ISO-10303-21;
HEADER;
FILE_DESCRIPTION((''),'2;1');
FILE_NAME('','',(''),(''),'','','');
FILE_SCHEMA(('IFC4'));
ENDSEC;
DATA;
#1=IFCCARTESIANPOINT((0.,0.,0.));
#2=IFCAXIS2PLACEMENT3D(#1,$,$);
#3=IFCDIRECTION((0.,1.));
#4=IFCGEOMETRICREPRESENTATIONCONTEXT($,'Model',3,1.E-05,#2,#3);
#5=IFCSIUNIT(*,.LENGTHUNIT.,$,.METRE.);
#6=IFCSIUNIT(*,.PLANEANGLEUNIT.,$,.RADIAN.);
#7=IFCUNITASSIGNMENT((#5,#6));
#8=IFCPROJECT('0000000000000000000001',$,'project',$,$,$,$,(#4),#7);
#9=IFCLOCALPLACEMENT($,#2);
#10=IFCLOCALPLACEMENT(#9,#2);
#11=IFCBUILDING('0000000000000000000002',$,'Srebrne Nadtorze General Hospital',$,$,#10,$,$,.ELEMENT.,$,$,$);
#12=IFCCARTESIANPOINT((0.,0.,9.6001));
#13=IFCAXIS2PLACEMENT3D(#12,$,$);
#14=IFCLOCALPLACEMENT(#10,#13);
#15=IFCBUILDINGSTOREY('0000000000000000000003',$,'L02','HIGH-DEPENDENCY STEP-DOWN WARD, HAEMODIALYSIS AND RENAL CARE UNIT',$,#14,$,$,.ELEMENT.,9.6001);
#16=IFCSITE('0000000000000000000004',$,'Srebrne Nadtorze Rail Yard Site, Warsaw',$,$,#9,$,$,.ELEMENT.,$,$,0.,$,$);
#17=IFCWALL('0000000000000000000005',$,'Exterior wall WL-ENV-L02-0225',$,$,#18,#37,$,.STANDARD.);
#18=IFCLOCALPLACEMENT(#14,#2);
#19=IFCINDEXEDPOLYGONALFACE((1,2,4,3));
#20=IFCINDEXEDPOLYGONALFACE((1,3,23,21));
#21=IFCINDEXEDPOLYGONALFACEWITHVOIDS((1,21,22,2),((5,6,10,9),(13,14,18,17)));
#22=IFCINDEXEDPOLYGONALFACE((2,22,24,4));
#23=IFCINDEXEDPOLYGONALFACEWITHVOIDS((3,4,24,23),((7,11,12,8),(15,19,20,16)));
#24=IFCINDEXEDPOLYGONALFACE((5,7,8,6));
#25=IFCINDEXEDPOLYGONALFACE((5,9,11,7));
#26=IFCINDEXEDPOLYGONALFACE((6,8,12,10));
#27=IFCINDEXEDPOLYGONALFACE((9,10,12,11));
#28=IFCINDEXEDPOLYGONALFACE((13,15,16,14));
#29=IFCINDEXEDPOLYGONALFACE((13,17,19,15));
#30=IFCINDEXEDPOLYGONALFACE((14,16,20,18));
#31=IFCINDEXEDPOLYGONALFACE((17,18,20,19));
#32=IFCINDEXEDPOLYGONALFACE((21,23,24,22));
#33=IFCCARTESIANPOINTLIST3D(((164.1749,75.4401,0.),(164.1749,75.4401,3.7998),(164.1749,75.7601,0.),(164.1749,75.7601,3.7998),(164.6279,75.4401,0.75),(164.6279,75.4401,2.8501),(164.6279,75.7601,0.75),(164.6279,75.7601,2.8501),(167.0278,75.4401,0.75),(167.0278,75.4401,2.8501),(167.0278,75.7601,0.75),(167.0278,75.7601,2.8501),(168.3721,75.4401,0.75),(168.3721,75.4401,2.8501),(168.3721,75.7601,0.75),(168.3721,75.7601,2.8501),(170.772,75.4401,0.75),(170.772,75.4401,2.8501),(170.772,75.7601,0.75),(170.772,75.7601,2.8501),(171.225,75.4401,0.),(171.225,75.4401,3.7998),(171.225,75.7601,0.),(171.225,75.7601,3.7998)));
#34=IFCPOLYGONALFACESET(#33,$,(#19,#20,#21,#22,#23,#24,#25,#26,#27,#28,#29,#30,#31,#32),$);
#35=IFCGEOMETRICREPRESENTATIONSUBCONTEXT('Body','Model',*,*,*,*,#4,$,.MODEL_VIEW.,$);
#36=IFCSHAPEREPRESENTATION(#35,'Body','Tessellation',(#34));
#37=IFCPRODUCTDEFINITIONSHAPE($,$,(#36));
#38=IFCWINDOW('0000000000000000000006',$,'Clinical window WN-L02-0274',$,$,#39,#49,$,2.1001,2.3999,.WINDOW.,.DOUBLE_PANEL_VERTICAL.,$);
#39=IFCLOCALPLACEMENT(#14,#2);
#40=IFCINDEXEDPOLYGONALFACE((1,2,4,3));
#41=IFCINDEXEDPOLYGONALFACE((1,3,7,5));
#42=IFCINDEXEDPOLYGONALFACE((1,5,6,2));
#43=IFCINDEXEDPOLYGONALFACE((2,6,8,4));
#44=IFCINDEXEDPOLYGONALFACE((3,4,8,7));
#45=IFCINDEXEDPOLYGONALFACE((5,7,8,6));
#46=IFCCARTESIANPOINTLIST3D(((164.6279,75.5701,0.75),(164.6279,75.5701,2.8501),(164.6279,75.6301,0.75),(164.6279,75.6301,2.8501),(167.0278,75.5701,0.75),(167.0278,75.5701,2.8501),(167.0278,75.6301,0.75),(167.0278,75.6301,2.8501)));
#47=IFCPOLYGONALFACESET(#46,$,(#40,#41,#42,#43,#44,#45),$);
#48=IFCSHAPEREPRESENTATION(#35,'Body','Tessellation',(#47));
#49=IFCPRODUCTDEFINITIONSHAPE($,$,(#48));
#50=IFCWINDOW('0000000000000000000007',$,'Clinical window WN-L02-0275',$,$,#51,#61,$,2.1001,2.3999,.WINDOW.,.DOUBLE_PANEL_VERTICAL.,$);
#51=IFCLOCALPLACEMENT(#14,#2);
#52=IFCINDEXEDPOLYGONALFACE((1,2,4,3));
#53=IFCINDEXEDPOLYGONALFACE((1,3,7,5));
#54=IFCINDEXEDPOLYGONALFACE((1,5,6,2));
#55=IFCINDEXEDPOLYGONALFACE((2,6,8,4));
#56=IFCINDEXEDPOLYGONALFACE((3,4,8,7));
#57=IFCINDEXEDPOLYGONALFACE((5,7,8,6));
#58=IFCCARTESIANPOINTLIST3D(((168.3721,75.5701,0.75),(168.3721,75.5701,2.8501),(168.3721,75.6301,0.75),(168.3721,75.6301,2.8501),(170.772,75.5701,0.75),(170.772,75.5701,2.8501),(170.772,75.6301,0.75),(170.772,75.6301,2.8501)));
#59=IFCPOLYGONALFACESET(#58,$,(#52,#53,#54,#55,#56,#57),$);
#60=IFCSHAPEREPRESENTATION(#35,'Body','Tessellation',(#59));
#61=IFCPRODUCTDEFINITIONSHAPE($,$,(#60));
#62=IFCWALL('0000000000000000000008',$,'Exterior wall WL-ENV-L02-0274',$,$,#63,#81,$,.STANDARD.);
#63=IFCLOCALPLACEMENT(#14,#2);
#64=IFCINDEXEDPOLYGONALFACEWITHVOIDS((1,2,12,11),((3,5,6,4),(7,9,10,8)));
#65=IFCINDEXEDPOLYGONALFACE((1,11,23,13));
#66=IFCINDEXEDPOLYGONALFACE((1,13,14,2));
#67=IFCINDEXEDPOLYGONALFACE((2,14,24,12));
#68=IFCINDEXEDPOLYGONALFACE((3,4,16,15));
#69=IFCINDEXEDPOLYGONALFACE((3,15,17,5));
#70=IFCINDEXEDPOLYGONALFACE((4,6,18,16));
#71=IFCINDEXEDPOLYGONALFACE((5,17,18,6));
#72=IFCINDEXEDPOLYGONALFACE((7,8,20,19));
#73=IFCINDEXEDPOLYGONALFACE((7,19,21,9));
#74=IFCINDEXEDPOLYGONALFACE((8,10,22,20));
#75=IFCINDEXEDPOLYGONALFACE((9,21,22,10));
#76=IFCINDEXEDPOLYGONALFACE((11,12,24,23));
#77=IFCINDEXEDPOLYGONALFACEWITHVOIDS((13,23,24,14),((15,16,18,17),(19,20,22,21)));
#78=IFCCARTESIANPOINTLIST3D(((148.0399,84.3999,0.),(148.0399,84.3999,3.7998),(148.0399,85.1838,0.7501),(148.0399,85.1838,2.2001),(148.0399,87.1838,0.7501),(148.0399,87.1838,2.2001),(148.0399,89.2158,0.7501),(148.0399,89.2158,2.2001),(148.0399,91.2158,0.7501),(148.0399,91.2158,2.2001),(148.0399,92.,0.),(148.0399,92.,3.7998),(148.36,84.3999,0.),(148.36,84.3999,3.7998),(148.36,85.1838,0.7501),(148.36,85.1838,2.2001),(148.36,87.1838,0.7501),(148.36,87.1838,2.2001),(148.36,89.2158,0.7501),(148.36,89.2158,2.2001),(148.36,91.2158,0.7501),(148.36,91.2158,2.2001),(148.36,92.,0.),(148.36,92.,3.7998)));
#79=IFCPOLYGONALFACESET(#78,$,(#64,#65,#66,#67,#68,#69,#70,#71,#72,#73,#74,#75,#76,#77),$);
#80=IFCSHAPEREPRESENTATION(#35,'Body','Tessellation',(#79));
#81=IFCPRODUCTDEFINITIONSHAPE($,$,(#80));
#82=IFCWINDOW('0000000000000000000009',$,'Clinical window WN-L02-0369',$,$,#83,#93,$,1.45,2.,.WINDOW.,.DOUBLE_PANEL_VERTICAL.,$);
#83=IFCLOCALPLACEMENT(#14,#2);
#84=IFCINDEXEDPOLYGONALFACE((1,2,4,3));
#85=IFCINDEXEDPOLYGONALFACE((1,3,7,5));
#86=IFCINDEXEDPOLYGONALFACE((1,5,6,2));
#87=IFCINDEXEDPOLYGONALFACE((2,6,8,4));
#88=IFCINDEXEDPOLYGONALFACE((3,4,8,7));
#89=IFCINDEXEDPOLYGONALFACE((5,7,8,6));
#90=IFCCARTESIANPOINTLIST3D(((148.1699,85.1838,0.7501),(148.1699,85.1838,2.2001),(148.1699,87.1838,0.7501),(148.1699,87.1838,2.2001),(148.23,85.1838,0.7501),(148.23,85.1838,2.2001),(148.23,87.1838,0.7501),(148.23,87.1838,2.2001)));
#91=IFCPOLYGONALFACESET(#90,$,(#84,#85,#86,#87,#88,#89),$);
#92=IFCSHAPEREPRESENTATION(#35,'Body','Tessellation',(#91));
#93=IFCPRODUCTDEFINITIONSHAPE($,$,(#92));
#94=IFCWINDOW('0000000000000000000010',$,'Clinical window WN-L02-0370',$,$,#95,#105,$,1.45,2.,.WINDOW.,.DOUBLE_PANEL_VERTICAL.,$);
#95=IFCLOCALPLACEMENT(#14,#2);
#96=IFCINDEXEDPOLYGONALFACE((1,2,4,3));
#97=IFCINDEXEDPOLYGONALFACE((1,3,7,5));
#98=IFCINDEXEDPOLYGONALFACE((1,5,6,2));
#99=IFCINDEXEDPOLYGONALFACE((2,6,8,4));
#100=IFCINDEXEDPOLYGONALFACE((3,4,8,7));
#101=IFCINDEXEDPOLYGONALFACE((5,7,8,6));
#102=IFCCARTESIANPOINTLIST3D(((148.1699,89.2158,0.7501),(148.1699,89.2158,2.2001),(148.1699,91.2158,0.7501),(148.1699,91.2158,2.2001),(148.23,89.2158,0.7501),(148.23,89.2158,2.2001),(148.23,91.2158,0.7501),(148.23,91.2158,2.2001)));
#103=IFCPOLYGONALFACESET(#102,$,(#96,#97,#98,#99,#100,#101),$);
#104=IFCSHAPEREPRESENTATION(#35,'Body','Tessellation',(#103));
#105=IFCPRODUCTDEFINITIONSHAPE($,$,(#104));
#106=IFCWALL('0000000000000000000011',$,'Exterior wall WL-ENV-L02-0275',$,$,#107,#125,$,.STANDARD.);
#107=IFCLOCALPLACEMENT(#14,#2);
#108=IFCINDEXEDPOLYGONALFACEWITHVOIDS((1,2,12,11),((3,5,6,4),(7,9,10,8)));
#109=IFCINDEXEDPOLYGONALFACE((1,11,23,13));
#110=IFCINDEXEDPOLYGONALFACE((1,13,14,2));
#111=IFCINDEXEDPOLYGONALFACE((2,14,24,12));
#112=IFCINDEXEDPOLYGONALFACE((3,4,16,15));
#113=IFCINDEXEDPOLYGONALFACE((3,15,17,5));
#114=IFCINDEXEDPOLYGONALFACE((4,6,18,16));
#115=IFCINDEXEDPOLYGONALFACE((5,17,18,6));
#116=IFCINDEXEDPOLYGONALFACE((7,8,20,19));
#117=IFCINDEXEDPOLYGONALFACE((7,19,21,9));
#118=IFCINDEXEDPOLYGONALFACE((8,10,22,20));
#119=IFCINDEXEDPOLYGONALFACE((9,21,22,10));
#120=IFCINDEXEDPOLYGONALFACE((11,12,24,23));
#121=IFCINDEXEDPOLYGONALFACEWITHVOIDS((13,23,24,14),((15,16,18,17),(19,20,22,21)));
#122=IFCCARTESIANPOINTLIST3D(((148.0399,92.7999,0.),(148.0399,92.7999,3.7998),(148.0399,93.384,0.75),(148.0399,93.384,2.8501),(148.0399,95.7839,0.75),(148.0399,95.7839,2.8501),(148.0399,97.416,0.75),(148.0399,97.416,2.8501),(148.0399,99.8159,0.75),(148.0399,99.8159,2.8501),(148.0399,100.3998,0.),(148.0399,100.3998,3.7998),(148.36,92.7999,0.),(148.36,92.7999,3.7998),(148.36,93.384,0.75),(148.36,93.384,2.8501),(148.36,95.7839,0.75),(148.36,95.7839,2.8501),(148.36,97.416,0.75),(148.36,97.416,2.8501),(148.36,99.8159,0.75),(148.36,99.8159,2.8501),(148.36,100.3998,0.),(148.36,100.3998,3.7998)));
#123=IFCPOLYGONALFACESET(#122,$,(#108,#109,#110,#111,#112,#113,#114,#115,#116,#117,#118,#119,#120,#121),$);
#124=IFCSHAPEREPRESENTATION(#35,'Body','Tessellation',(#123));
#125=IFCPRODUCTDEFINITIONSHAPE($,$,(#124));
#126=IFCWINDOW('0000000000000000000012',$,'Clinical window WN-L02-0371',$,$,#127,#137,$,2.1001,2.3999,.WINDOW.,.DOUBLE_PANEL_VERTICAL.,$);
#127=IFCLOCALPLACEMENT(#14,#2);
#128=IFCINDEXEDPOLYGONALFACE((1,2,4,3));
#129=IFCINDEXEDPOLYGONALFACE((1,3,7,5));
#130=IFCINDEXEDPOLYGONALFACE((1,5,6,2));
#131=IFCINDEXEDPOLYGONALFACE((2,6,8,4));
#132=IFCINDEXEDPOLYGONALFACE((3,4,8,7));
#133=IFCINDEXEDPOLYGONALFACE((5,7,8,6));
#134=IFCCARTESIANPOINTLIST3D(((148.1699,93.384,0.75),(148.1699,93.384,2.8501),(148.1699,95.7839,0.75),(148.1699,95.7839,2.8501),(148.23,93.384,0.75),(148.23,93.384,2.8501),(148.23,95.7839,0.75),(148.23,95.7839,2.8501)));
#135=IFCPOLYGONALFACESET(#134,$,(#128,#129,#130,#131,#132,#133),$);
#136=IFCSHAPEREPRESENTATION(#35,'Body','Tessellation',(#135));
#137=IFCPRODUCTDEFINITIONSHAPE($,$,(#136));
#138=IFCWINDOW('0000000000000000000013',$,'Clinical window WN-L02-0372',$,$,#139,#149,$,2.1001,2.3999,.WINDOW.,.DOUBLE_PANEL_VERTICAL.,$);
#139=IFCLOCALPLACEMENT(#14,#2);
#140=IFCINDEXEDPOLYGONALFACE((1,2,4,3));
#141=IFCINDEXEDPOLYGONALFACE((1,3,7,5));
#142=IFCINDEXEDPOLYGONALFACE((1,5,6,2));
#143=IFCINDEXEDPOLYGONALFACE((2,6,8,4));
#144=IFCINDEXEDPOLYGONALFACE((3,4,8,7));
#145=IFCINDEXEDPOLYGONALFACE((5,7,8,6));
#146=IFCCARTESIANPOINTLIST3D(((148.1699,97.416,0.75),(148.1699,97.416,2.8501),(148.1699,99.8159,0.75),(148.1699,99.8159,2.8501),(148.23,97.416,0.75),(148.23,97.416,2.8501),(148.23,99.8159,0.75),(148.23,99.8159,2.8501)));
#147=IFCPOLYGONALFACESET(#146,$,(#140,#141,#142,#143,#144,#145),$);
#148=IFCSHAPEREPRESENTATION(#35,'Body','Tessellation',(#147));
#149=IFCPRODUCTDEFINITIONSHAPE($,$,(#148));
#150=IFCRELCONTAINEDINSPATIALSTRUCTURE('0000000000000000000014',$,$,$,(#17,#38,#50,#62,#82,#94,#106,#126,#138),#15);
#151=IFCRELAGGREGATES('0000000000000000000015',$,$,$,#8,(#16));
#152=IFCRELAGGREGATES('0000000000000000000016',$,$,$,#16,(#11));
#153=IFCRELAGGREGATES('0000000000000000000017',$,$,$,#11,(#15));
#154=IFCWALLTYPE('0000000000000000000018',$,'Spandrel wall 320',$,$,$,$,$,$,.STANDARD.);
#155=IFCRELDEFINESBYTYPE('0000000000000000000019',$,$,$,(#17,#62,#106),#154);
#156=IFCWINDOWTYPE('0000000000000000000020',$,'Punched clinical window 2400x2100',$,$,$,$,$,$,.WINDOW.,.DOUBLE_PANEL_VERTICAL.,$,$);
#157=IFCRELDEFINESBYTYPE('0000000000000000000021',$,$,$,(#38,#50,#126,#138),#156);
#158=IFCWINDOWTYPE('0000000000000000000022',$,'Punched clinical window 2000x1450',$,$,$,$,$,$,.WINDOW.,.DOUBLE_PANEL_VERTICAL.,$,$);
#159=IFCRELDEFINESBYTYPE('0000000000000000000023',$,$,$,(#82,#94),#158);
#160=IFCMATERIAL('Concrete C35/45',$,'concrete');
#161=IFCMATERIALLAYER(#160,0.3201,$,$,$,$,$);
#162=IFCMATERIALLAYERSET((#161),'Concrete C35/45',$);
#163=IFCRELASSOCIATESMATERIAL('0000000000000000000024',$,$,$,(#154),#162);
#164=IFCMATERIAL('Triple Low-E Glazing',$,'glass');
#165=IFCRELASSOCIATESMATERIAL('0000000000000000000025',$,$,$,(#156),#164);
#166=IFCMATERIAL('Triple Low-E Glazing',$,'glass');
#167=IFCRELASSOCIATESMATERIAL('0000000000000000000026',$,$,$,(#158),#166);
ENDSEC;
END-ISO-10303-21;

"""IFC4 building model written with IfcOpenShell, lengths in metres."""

from ifc_helpers import new_model, si_unit, direction, frame, frame_2d, origin, place, context, subcontext, project, spatial, rectangle, extrude, material, layer, layer_set, type_object, element, fill, save


model = new_model("IFC4")

# Units and contexts
model_context = context("Model", 3, precision=1e-05, world=origin(), true_north=direction((0.0, 1.0)))
body_context = subcontext(model_context, "Body", "Model", "MODEL_VIEW")
ifc_project = project(units=[si_unit("LENGTHUNIT", "METRE"), si_unit("PLANEANGLEUNIT", "RADIAN")], contexts=[model_context])

# Site, building, storey
site_placement = place(None, origin())
site = spatial("IfcSite", under=ifc_project, at=site_placement, Name="Srebrne Nadtorze Rail Yard Site, Warsaw", CompositionType="ELEMENT", RefElevation=0.0)
building_placement = place(site_placement, origin())
building = spatial("IfcBuilding", under=site, at=building_placement, Name="Srebrne Nadtorze General Hospital", CompositionType="ELEMENT")
storey_placement = place(building_placement, frame((0.0, 0.0, 9.6001)))
storey = spatial("IfcBuildingStorey", under=building, at=storey_placement, Name="L02", Description="HIGH-DEPENDENCY STEP-DOWN WARD, HAEMODIALYSIS AND RENAL CARE UNIT", CompositionType="ELEMENT", Elevation=9.6001)

# Walls, openings, windows
ifc_material_1 = material(Name="Concrete C35/45", Category="concrete")
ifc_layer_1 = layer(ifc_material_1, 0.3201)
ifc_layer_set_1 = layer_set([ifc_layer_1], Name="Concrete C35/45")
wall_type_1 = type_object("IfcWallType", Name="Spandrel wall 320", PredefinedType="STANDARD", material=ifc_layer_set_1)
wall_1_placement = place(storey_placement, frame((164.175, 75.6001, 0.0), z_axis=(0.0, 0.0, 1.0), x_axis=(1.0, 0.0, 0.0)))
wall_1 = element("IfcWall", 1, at=wall_1_placement, inside=storey, type_object=wall_type_1, Name="Exterior wall WL-ENV-L02-0225", PredefinedType="STANDARD", context=body_context, shape_type="SweptSolid", body=[
    extrude(rectangle(XDim=7.05, YDim=0.3201, at=frame_2d((3.5249, 0.0))), origin(), (0.0, 0.0, 1.0), 3.7998),
])
opening_1_placement = place(wall_1_placement, frame((0.4529, 0.0, 0.75)))
opening_1 = element("IfcOpeningElement", 2, at=opening_1_placement, cuts=wall_1, PredefinedType="OPENING", context=body_context, shape_type="SweptSolid", body=[
    extrude(rectangle(XDim=2.3999, YDim=2.1001, at=frame_2d((1.2, 1.05))), frame((0.0, 0.1719, 0.0), z_axis=(0.0, -1.0, 0.0), x_axis=(1.0, 0.0, 0.0)), (0.0, 0.0, 1.0), 0.344),
])
opening_2_placement = place(wall_1_placement, frame((4.197, 0.0, 0.75)))
opening_2 = element("IfcOpeningElement", 3, at=opening_2_placement, cuts=wall_1, PredefinedType="OPENING", context=body_context, shape_type="SweptSolid", body=[
    extrude(rectangle(XDim=2.3999, YDim=2.1001, at=frame_2d((1.2, 1.05))), frame((0.0, 0.1719, 0.0), z_axis=(0.0, -1.0, 0.0), x_axis=(1.0, 0.0, 0.0)), (0.0, 0.0, 1.0), 0.344),
])
ifc_material_2 = material(Name="Triple Low-E Glazing", Category="glass")
window_type_1 = type_object("IfcWindowType", Name="Punched clinical window 2400x2100", PartitioningType="DOUBLE_PANEL_VERTICAL", PredefinedType="WINDOW", material=ifc_material_2)
window_1_placement = place(opening_1_placement, origin())
window_1 = element("IfcWindow", 4, at=window_1_placement, inside=storey, type_object=window_type_1, Name="Clinical window WN-L02-0274", OverallHeight=2.1001, OverallWidth=2.3999, PartitioningType="DOUBLE_PANEL_VERTICAL", PredefinedType="WINDOW", context=body_context, shape_type="SweptSolid", body=[
    extrude(rectangle(XDim=2.3999, YDim=2.1001, at=frame_2d((1.2, 1.05))), frame((0.0, 0.03, 0.0), z_axis=(0.0, -1.0, 0.0), x_axis=(1.0, 0.0, 0.0)), (0.0, 0.0, 1.0), 0.0601),
])
fill(opening_1, window_1)
window_2_placement = place(opening_2_placement, origin())
window_2 = element("IfcWindow", 5, at=window_2_placement, inside=storey, type_object=window_type_1, Name="Clinical window WN-L02-0275", OverallHeight=2.1001, OverallWidth=2.3999, PartitioningType="DOUBLE_PANEL_VERTICAL", PredefinedType="WINDOW", context=body_context, shape_type="SweptSolid", body=[
    extrude(rectangle(XDim=2.3999, YDim=2.1001, at=frame_2d((1.2, 1.05))), frame((0.0, 0.03, 0.0), z_axis=(0.0, -1.0, 0.0), x_axis=(1.0, 0.0, 0.0)), (0.0, 0.0, 1.0), 0.0601),
])
fill(opening_2, window_2)
wall_2_placement = place(storey_placement, frame((148.2, 84.3999, 0.0), z_axis=(0.0, 0.0, 1.0), x_axis=(0.0, 1.0, 0.0)))
wall_2 = element("IfcWall", 6, at=wall_2_placement, inside=storey, type_object=wall_type_1, Name="Exterior wall WL-ENV-L02-0274", PredefinedType="STANDARD", context=body_context, shape_type="SweptSolid", body=[
    extrude(rectangle(XDim=7.6001, YDim=0.3201, at=frame_2d((3.8, 0.0))), origin(), (0.0, 0.0, 1.0), 3.7998),
])
opening_3_placement = place(wall_2_placement, frame((0.7839, 0.0, 0.75)))
opening_3 = element("IfcOpeningElement", 7, at=opening_3_placement, cuts=wall_2, PredefinedType="OPENING", context=body_context, shape_type="SweptSolid", body=[
    extrude(rectangle(XDim=2.0, YDim=1.45, at=frame_2d((1.0, 0.7251))), frame((0.0, 0.1719, 0.0), z_axis=(0.0, -1.0, 0.0), x_axis=(1.0, 0.0, 0.0)), (0.0, 0.0, 1.0), 0.344),
])
opening_4_placement = place(wall_2_placement, frame((4.8159, 0.0, 0.75)))
opening_4 = element("IfcOpeningElement", 8, at=opening_4_placement, cuts=wall_2, PredefinedType="OPENING", context=body_context, shape_type="SweptSolid", body=[
    extrude(rectangle(XDim=2.0, YDim=1.45, at=frame_2d((1.0, 0.7251))), frame((0.0, 0.1719, 0.0), z_axis=(0.0, -1.0, 0.0), x_axis=(1.0, 0.0, 0.0)), (0.0, 0.0, 1.0), 0.344),
])
ifc_material_3 = material(Name="Triple Low-E Glazing", Category="glass")
window_type_2 = type_object("IfcWindowType", Name="Punched clinical window 2000x1450", PartitioningType="DOUBLE_PANEL_VERTICAL", PredefinedType="WINDOW", material=ifc_material_3)
window_3_placement = place(opening_3_placement, origin())
window_3 = element("IfcWindow", 9, at=window_3_placement, inside=storey, type_object=window_type_2, Name="Clinical window WN-L02-0369", OverallHeight=1.45, OverallWidth=2.0, PartitioningType="DOUBLE_PANEL_VERTICAL", PredefinedType="WINDOW", context=body_context, shape_type="SweptSolid", body=[
    extrude(rectangle(XDim=2.0, YDim=1.45, at=frame_2d((1.0, 0.7251))), frame((0.0, 0.03, 0.0), z_axis=(0.0, -1.0, 0.0), x_axis=(1.0, 0.0, 0.0)), (0.0, 0.0, 1.0), 0.0601),
])
fill(opening_3, window_3)
window_4_placement = place(opening_4_placement, origin())
window_4 = element("IfcWindow", 10, at=window_4_placement, inside=storey, type_object=window_type_2, Name="Clinical window WN-L02-0370", OverallHeight=1.45, OverallWidth=2.0, PartitioningType="DOUBLE_PANEL_VERTICAL", PredefinedType="WINDOW", context=body_context, shape_type="SweptSolid", body=[
    extrude(rectangle(XDim=2.0, YDim=1.45, at=frame_2d((1.0, 0.7251))), frame((0.0, 0.03, 0.0), z_axis=(0.0, -1.0, 0.0), x_axis=(1.0, 0.0, 0.0)), (0.0, 0.0, 1.0), 0.0601),
])
fill(opening_4, window_4)
wall_3_placement = place(storey_placement, frame((148.2, 92.8, 0.0), z_axis=(0.0, 0.0, 1.0), x_axis=(0.0, 1.0, 0.0)))
wall_3 = element("IfcWall", 11, at=wall_3_placement, inside=storey, type_object=wall_type_1, Name="Exterior wall WL-ENV-L02-0275", PredefinedType="STANDARD", context=body_context, shape_type="SweptSolid", body=[
    extrude(rectangle(XDim=7.5999, YDim=0.3201, at=frame_2d((3.7998, 0.0))), origin(), (0.0, 0.0, 1.0), 3.7998),
])
opening_5_placement = place(wall_3_placement, frame((0.584, 0.0, 0.75)))
opening_5 = element("IfcOpeningElement", 12, at=opening_5_placement, cuts=wall_3, PredefinedType="OPENING", context=body_context, shape_type="SweptSolid", body=[
    extrude(rectangle(XDim=2.3999, YDim=2.1001, at=frame_2d((1.2, 1.05))), frame((0.0, 0.1719, 0.0), z_axis=(0.0, -1.0, 0.0), x_axis=(1.0, 0.0, 0.0)), (0.0, 0.0, 1.0), 0.344),
])
opening_6_placement = place(wall_3_placement, frame((4.616, 0.0, 0.75)))
opening_6 = element("IfcOpeningElement", 13, at=opening_6_placement, cuts=wall_3, PredefinedType="OPENING", context=body_context, shape_type="SweptSolid", body=[
    extrude(rectangle(XDim=2.3999, YDim=2.1001, at=frame_2d((1.2, 1.05))), frame((0.0, 0.1719, 0.0), z_axis=(0.0, -1.0, 0.0), x_axis=(1.0, 0.0, 0.0)), (0.0, 0.0, 1.0), 0.344),
])
window_5_placement = place(opening_5_placement, origin())
window_5 = element("IfcWindow", 14, at=window_5_placement, inside=storey, type_object=window_type_1, Name="Clinical window WN-L02-0371", OverallHeight=2.1001, OverallWidth=2.3999, PartitioningType="DOUBLE_PANEL_VERTICAL", PredefinedType="WINDOW", context=body_context, shape_type="SweptSolid", body=[
    extrude(rectangle(XDim=2.3999, YDim=2.1001, at=frame_2d((1.2, 1.05))), frame((0.0, 0.03, 0.0), z_axis=(0.0, -1.0, 0.0), x_axis=(1.0, 0.0, 0.0)), (0.0, 0.0, 1.0), 0.0601),
])
fill(opening_5, window_5)
window_6_placement = place(opening_6_placement, origin())
window_6 = element("IfcWindow", 15, at=window_6_placement, inside=storey, type_object=window_type_1, Name="Clinical window WN-L02-0372", OverallHeight=2.1001, OverallWidth=2.3999, PartitioningType="DOUBLE_PANEL_VERTICAL", PredefinedType="WINDOW", context=body_context, shape_type="SweptSolid", body=[
    extrude(rectangle(XDim=2.3999, YDim=2.1001, at=frame_2d((1.2, 1.05))), frame((0.0, 0.03, 0.0), z_axis=(0.0, -1.0, 0.0), x_axis=(1.0, 0.0, 0.0)), (0.0, 0.0, 1.0), 0.0601),
])
fill(opening_6, window_6)

save(model, "model.ifc")
